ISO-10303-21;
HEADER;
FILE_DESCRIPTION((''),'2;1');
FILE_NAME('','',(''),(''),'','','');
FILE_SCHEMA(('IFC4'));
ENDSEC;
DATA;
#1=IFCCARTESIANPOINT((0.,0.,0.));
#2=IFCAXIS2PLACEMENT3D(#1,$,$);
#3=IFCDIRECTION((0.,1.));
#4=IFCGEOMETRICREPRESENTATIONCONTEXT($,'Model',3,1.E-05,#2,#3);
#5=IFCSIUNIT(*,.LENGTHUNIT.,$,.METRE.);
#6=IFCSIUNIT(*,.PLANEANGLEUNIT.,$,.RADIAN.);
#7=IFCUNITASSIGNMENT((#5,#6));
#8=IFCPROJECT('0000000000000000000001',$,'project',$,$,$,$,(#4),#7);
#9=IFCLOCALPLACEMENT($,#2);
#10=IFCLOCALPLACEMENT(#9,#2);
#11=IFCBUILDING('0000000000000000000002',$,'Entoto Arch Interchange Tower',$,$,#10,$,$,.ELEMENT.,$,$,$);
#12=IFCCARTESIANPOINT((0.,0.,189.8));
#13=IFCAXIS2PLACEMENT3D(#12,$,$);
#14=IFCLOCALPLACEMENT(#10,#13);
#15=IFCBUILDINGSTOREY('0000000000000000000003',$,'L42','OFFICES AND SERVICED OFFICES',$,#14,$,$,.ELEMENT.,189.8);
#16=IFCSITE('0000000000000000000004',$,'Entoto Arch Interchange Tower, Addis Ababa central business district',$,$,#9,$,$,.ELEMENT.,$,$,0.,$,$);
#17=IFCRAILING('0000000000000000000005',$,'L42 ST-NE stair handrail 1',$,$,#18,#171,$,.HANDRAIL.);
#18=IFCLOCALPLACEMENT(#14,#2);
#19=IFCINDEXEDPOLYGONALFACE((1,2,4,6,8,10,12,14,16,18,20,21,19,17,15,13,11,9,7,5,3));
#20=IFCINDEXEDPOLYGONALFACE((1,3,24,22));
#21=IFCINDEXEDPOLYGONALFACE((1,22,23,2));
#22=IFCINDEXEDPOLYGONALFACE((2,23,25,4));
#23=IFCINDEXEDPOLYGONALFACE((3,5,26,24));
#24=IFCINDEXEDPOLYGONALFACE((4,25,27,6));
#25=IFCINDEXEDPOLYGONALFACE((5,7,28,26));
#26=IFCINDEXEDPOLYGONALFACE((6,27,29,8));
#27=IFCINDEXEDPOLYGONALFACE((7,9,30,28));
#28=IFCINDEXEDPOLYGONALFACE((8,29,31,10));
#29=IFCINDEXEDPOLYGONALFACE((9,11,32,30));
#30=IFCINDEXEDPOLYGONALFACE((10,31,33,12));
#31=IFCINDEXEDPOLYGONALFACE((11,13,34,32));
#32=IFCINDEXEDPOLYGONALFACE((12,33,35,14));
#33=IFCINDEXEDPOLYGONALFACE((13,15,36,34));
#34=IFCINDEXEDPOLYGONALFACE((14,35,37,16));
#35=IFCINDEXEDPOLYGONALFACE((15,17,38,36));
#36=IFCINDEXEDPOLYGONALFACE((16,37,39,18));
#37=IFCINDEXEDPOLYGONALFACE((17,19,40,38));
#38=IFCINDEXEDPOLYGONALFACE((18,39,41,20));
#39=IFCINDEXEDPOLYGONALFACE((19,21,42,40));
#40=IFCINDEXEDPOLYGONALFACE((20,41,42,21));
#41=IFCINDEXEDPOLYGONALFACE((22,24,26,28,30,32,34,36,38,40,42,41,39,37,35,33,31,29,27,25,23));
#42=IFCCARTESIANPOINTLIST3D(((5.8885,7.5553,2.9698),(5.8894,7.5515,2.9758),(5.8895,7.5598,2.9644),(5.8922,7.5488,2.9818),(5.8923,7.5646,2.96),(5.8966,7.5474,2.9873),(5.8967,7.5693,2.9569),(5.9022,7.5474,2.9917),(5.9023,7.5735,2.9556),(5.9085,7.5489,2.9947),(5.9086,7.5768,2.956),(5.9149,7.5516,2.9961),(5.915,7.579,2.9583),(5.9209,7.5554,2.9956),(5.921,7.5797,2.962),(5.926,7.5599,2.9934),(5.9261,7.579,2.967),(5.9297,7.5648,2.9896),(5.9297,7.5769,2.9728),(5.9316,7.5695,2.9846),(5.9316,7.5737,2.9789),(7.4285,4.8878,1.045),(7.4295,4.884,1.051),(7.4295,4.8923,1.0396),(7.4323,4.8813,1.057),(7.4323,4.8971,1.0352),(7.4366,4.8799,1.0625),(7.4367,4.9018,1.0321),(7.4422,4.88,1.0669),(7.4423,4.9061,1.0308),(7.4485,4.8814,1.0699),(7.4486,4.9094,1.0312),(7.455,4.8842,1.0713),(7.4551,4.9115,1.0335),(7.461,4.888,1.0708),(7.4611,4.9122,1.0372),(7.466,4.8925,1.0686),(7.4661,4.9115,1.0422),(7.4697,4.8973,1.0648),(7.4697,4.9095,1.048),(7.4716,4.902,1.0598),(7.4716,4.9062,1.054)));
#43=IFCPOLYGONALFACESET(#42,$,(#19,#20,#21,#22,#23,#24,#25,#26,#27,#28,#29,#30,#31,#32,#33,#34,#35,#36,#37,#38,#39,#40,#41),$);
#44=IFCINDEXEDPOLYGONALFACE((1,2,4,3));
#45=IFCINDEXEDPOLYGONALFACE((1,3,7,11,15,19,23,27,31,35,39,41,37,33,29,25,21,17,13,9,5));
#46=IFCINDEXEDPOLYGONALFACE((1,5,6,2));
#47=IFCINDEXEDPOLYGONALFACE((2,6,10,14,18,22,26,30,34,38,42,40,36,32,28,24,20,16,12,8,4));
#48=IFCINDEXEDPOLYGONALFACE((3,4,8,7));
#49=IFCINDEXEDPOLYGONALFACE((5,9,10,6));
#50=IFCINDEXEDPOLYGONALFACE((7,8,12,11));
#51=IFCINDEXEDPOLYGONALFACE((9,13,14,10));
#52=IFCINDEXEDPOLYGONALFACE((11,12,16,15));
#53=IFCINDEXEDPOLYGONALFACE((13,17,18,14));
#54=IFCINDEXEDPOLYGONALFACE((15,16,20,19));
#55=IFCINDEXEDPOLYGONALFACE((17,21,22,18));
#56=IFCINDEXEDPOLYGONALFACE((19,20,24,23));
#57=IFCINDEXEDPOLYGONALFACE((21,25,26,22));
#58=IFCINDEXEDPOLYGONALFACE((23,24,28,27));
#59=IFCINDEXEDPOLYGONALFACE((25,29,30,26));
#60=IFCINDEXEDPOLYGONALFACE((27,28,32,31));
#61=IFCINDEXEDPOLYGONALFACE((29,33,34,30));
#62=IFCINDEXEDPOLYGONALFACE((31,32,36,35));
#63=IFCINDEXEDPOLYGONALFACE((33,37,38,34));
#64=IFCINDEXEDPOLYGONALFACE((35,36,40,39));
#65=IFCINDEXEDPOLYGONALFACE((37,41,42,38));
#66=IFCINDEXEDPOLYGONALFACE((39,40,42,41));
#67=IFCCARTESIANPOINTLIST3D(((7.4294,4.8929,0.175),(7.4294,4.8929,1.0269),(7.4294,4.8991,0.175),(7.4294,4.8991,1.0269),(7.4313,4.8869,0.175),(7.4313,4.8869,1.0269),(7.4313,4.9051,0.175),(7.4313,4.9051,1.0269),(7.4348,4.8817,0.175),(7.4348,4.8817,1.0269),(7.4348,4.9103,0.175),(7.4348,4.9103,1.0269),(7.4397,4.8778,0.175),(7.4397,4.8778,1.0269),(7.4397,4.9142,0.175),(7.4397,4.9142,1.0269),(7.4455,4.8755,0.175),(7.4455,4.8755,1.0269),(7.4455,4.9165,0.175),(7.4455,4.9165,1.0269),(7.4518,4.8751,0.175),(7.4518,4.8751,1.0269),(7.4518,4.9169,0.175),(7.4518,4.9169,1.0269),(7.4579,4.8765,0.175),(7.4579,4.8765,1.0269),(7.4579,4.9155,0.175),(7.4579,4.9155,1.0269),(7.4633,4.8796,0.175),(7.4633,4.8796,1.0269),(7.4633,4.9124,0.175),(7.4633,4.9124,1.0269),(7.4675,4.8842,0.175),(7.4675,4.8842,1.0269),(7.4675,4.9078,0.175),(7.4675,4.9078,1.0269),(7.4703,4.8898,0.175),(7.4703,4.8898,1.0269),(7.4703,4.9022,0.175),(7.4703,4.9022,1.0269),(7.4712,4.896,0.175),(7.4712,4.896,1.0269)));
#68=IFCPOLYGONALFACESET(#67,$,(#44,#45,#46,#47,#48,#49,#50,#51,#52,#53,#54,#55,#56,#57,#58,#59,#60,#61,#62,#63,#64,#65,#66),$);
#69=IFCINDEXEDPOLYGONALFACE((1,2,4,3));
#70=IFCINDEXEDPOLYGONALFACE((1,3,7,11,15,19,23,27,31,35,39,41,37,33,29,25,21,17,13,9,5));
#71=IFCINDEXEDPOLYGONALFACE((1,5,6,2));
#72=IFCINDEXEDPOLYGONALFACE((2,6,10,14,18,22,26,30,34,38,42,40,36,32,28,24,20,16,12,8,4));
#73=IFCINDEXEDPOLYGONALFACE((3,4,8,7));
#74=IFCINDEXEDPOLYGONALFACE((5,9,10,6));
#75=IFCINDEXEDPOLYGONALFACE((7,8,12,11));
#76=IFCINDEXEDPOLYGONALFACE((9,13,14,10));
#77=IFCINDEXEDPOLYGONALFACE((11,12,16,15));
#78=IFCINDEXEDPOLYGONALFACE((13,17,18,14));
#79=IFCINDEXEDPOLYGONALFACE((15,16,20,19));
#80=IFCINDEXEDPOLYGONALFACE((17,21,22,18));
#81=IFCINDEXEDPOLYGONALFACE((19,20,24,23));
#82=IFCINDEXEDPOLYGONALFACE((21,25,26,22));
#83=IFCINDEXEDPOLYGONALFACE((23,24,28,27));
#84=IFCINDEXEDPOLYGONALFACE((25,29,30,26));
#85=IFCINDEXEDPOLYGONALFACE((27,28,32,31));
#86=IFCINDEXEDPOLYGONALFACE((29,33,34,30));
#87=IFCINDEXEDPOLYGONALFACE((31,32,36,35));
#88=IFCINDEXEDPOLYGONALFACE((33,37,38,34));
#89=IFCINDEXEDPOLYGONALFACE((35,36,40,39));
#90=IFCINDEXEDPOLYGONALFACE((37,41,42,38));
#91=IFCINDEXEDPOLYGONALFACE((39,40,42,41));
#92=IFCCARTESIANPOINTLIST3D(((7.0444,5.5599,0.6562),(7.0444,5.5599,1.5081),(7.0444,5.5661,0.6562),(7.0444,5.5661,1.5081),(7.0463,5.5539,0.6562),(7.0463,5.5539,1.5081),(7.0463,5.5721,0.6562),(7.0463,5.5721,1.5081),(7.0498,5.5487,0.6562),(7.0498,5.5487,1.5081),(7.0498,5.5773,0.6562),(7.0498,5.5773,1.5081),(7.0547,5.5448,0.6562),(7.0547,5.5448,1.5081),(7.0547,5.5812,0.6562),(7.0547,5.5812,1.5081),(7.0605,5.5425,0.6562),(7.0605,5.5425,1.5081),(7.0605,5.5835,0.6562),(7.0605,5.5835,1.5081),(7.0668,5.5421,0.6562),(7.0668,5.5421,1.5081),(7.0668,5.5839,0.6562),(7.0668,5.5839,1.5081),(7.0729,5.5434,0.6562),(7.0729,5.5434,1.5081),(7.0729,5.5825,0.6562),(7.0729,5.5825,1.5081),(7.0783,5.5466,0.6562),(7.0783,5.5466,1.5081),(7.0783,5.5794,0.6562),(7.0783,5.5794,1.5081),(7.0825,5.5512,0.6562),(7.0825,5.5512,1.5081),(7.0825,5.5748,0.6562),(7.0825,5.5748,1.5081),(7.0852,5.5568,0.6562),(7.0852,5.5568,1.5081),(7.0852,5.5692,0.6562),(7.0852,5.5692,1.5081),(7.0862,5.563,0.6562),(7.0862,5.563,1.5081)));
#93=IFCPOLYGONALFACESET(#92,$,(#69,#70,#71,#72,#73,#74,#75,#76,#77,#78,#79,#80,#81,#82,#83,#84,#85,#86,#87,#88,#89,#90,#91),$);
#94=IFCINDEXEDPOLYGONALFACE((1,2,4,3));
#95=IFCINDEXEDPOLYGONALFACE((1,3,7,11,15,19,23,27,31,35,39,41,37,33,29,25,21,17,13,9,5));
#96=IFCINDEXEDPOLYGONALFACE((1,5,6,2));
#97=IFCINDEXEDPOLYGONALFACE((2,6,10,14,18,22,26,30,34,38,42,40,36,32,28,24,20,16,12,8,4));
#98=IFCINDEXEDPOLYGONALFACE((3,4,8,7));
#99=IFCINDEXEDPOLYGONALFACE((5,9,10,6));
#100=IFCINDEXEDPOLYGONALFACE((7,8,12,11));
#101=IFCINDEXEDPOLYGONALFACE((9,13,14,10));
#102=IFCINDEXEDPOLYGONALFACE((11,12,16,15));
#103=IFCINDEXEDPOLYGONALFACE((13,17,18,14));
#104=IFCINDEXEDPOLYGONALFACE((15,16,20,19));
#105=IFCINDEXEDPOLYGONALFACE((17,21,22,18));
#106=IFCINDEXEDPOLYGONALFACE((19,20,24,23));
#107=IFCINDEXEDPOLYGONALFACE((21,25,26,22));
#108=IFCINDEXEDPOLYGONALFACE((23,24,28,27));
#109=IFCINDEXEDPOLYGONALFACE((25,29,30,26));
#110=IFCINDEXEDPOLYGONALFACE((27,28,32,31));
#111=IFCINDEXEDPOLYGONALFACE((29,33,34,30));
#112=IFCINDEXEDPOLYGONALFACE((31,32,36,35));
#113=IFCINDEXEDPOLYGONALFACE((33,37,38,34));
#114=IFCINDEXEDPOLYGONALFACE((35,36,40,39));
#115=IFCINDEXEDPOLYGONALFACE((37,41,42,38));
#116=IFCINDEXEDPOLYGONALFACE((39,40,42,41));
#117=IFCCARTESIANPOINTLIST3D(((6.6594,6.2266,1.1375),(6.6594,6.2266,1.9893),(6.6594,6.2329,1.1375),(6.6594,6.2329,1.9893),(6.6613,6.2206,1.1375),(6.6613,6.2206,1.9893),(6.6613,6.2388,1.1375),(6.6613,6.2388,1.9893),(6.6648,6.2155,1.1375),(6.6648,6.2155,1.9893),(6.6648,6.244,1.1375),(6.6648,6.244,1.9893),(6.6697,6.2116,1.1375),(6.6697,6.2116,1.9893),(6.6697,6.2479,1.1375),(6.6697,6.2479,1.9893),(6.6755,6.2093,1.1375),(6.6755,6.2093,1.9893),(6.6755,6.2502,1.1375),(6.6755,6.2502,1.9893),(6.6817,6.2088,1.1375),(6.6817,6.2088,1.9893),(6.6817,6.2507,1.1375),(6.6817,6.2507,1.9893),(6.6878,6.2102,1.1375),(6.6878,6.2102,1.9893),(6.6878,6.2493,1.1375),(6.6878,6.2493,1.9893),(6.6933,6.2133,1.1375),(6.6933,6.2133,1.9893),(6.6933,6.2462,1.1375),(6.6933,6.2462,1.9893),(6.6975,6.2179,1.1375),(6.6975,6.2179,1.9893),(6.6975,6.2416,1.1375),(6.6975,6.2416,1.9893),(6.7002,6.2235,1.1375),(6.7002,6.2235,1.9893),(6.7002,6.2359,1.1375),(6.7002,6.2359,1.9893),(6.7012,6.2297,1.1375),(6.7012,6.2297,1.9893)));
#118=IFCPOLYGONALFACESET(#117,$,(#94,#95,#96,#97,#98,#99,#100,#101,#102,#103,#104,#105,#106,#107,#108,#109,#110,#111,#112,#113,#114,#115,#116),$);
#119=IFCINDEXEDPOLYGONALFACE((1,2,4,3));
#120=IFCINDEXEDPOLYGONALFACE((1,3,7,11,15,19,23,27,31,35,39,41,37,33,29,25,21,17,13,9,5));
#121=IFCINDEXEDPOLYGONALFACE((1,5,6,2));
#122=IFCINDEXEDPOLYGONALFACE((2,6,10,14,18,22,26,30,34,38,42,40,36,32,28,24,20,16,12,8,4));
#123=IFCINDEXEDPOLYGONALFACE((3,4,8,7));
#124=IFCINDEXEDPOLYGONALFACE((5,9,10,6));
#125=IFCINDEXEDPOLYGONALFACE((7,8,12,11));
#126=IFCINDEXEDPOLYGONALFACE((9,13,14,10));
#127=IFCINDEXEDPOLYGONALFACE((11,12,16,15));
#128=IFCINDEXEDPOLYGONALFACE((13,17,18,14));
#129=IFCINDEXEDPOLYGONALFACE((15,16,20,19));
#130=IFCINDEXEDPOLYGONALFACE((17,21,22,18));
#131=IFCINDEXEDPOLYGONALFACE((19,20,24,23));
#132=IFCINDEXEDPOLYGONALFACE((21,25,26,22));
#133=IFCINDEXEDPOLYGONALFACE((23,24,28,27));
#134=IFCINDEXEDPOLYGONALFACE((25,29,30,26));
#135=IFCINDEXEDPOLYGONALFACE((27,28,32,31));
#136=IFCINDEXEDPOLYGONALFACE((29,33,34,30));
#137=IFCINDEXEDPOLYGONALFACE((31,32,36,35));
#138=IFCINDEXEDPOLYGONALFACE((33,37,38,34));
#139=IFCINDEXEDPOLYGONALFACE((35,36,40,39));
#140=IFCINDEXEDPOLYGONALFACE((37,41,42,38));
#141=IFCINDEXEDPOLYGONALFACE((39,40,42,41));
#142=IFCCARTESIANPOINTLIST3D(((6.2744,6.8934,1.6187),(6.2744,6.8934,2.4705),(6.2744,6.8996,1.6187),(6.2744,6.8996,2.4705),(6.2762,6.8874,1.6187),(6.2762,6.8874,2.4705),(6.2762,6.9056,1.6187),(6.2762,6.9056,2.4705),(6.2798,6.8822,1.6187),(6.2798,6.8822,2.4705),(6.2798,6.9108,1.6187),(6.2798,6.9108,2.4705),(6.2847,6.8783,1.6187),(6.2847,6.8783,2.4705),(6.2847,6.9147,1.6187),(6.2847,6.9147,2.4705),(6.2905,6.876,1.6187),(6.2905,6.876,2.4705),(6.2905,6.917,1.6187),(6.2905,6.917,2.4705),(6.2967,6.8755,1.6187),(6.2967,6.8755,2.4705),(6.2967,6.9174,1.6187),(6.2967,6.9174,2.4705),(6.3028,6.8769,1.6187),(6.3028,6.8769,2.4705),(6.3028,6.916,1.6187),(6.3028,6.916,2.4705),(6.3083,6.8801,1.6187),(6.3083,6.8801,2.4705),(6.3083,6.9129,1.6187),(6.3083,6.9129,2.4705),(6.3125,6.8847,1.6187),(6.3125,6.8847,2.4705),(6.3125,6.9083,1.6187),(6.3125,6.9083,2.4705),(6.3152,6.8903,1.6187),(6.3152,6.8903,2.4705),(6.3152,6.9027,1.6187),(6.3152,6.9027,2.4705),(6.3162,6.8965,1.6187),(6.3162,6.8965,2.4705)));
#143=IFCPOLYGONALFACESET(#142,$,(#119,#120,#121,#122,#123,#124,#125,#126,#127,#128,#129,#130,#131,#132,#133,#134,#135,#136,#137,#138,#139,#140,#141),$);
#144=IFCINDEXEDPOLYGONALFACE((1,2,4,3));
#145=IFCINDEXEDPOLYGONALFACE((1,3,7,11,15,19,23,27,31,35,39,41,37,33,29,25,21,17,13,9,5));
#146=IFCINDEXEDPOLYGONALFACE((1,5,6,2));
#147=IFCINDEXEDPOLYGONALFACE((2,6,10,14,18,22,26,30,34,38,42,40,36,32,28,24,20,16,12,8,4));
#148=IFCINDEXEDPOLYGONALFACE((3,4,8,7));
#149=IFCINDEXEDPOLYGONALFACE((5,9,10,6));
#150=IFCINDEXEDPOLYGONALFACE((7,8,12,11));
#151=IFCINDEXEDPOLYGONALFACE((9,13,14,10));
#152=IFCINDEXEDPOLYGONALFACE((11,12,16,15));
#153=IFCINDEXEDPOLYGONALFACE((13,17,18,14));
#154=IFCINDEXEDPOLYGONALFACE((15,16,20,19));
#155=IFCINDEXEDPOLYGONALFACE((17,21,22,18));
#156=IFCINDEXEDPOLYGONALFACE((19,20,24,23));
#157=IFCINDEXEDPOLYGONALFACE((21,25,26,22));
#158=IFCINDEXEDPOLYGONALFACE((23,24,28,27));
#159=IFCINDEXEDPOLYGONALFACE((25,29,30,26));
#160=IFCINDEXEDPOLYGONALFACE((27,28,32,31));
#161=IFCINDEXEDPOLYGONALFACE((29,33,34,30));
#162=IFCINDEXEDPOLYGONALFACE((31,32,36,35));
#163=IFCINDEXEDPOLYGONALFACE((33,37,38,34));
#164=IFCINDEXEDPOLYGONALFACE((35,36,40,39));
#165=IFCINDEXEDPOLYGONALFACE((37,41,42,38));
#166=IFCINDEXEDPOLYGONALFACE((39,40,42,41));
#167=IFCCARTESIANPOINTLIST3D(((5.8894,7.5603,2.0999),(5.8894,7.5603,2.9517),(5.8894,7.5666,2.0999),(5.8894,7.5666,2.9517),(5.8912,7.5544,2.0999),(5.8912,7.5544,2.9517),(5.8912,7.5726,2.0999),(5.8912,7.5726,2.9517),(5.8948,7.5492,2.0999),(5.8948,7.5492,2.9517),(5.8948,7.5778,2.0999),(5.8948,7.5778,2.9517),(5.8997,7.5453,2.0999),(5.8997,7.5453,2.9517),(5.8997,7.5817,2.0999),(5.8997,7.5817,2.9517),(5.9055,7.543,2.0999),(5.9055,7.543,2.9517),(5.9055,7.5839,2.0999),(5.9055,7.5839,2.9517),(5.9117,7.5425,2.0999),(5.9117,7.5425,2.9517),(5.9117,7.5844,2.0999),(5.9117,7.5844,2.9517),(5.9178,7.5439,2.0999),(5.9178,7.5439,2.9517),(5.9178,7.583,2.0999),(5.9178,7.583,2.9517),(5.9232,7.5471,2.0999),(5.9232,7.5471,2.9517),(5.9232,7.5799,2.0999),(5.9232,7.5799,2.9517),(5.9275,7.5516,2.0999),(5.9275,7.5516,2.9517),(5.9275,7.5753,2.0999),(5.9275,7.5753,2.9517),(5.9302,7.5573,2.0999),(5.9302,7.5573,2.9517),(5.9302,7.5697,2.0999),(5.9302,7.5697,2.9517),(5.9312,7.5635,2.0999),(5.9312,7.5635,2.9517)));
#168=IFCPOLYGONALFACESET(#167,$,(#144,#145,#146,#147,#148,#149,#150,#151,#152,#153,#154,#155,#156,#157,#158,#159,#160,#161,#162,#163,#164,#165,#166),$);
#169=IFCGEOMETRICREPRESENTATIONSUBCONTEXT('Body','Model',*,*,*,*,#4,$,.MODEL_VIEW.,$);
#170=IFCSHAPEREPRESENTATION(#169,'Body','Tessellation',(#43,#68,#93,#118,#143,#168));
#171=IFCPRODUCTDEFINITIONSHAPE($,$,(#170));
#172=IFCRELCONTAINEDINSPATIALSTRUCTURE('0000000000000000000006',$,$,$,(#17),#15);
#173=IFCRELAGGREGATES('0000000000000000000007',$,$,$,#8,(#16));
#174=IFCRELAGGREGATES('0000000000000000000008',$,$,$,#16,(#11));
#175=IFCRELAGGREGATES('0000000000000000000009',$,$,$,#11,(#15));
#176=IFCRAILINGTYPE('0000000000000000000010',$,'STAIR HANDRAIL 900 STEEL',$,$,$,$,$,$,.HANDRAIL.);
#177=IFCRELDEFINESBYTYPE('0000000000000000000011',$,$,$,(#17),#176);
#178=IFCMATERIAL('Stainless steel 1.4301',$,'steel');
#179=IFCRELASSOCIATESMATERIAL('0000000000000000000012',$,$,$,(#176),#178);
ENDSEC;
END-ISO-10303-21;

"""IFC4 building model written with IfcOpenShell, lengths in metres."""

from ifc_helpers import new_model, si_unit, direction, frame, origin, origin_2d, place, context, subcontext, project, spatial, circle, extrude, material, type_object, element, save


model = new_model("IFC4")

# Units and contexts
model_context = context("Model", 3, precision=1e-05, world=origin(), true_north=direction((0.0, 1.0)))
body_context = subcontext(model_context, "Body", "Model", "MODEL_VIEW")
ifc_project = project(units=[si_unit("LENGTHUNIT", "METRE"), si_unit("PLANEANGLEUNIT", "RADIAN")], contexts=[model_context])

# Site, building, storey
site_placement = place(None, origin())
site = spatial("IfcSite", under=ifc_project, at=site_placement, Name="Entoto Arch Interchange Tower, Addis Ababa central business district", CompositionType="ELEMENT", RefElevation=0.0)
building_placement = place(site_placement, origin())
building = spatial("IfcBuilding", under=site, at=building_placement, Name="Entoto Arch Interchange Tower", CompositionType="ELEMENT")
storey_placement = place(building_placement, frame((0.0, 0.0, 189.8)))
storey = spatial("IfcBuildingStorey", under=building, at=storey_placement, Name="L42", Description="OFFICES AND SERVICED OFFICES", CompositionType="ELEMENT", Elevation=189.8)

# Railing
ifc_material_1 = material(Name="Stainless steel 1.4301", Category="steel")
railing_type_1 = type_object("IfcRailingType", Name="STAIR HANDRAIL 900 STEEL", PredefinedType="HANDRAIL", material=ifc_material_1)
railing_1_placement = place(storey_placement, frame((7.4502, 4.896, 0.175)))
element("IfcRailing", 1, at=railing_1_placement, inside=storey, type_object=railing_type_1, Name="L42 ST-NE stair handrail 1", PredefinedType="HANDRAIL", context=body_context, shape_type="SweptSolid", body=[
    extrude(circle(Radius=0.0239, at=origin_2d()), frame((0.0, 0.0, 0.876), z_axis=(-0.42401, 0.734421, 0.529945), x_axis=(-0.86603, -0.499992, 0.0)), (0.0, 0.0, 1.0), 3.6321),
    extrude(circle(Radius=0.021, at=origin_2d()), origin(), (0.0, 0.0, 1.0), 0.8518),
    extrude(circle(Radius=0.021, at=origin_2d()), frame((-0.385, 0.667, 0.4812)), (0.0, 0.0, 1.0), 0.8518),
    extrude(circle(Radius=0.021, at=origin_2d()), frame((-0.77, 1.3337, 0.9624)), (0.0, 0.0, 1.0), 0.8518),
    extrude(circle(Radius=0.021, at=origin_2d()), frame((-1.155, 2.0005, 1.4436)), (0.0, 0.0, 1.0), 0.8518),
    extrude(circle(Radius=0.021, at=origin_2d()), frame((-1.54, 2.6675, 1.9248)), (0.0, 0.0, 1.0), 0.8518),
])

save(model, "model.ifc")
